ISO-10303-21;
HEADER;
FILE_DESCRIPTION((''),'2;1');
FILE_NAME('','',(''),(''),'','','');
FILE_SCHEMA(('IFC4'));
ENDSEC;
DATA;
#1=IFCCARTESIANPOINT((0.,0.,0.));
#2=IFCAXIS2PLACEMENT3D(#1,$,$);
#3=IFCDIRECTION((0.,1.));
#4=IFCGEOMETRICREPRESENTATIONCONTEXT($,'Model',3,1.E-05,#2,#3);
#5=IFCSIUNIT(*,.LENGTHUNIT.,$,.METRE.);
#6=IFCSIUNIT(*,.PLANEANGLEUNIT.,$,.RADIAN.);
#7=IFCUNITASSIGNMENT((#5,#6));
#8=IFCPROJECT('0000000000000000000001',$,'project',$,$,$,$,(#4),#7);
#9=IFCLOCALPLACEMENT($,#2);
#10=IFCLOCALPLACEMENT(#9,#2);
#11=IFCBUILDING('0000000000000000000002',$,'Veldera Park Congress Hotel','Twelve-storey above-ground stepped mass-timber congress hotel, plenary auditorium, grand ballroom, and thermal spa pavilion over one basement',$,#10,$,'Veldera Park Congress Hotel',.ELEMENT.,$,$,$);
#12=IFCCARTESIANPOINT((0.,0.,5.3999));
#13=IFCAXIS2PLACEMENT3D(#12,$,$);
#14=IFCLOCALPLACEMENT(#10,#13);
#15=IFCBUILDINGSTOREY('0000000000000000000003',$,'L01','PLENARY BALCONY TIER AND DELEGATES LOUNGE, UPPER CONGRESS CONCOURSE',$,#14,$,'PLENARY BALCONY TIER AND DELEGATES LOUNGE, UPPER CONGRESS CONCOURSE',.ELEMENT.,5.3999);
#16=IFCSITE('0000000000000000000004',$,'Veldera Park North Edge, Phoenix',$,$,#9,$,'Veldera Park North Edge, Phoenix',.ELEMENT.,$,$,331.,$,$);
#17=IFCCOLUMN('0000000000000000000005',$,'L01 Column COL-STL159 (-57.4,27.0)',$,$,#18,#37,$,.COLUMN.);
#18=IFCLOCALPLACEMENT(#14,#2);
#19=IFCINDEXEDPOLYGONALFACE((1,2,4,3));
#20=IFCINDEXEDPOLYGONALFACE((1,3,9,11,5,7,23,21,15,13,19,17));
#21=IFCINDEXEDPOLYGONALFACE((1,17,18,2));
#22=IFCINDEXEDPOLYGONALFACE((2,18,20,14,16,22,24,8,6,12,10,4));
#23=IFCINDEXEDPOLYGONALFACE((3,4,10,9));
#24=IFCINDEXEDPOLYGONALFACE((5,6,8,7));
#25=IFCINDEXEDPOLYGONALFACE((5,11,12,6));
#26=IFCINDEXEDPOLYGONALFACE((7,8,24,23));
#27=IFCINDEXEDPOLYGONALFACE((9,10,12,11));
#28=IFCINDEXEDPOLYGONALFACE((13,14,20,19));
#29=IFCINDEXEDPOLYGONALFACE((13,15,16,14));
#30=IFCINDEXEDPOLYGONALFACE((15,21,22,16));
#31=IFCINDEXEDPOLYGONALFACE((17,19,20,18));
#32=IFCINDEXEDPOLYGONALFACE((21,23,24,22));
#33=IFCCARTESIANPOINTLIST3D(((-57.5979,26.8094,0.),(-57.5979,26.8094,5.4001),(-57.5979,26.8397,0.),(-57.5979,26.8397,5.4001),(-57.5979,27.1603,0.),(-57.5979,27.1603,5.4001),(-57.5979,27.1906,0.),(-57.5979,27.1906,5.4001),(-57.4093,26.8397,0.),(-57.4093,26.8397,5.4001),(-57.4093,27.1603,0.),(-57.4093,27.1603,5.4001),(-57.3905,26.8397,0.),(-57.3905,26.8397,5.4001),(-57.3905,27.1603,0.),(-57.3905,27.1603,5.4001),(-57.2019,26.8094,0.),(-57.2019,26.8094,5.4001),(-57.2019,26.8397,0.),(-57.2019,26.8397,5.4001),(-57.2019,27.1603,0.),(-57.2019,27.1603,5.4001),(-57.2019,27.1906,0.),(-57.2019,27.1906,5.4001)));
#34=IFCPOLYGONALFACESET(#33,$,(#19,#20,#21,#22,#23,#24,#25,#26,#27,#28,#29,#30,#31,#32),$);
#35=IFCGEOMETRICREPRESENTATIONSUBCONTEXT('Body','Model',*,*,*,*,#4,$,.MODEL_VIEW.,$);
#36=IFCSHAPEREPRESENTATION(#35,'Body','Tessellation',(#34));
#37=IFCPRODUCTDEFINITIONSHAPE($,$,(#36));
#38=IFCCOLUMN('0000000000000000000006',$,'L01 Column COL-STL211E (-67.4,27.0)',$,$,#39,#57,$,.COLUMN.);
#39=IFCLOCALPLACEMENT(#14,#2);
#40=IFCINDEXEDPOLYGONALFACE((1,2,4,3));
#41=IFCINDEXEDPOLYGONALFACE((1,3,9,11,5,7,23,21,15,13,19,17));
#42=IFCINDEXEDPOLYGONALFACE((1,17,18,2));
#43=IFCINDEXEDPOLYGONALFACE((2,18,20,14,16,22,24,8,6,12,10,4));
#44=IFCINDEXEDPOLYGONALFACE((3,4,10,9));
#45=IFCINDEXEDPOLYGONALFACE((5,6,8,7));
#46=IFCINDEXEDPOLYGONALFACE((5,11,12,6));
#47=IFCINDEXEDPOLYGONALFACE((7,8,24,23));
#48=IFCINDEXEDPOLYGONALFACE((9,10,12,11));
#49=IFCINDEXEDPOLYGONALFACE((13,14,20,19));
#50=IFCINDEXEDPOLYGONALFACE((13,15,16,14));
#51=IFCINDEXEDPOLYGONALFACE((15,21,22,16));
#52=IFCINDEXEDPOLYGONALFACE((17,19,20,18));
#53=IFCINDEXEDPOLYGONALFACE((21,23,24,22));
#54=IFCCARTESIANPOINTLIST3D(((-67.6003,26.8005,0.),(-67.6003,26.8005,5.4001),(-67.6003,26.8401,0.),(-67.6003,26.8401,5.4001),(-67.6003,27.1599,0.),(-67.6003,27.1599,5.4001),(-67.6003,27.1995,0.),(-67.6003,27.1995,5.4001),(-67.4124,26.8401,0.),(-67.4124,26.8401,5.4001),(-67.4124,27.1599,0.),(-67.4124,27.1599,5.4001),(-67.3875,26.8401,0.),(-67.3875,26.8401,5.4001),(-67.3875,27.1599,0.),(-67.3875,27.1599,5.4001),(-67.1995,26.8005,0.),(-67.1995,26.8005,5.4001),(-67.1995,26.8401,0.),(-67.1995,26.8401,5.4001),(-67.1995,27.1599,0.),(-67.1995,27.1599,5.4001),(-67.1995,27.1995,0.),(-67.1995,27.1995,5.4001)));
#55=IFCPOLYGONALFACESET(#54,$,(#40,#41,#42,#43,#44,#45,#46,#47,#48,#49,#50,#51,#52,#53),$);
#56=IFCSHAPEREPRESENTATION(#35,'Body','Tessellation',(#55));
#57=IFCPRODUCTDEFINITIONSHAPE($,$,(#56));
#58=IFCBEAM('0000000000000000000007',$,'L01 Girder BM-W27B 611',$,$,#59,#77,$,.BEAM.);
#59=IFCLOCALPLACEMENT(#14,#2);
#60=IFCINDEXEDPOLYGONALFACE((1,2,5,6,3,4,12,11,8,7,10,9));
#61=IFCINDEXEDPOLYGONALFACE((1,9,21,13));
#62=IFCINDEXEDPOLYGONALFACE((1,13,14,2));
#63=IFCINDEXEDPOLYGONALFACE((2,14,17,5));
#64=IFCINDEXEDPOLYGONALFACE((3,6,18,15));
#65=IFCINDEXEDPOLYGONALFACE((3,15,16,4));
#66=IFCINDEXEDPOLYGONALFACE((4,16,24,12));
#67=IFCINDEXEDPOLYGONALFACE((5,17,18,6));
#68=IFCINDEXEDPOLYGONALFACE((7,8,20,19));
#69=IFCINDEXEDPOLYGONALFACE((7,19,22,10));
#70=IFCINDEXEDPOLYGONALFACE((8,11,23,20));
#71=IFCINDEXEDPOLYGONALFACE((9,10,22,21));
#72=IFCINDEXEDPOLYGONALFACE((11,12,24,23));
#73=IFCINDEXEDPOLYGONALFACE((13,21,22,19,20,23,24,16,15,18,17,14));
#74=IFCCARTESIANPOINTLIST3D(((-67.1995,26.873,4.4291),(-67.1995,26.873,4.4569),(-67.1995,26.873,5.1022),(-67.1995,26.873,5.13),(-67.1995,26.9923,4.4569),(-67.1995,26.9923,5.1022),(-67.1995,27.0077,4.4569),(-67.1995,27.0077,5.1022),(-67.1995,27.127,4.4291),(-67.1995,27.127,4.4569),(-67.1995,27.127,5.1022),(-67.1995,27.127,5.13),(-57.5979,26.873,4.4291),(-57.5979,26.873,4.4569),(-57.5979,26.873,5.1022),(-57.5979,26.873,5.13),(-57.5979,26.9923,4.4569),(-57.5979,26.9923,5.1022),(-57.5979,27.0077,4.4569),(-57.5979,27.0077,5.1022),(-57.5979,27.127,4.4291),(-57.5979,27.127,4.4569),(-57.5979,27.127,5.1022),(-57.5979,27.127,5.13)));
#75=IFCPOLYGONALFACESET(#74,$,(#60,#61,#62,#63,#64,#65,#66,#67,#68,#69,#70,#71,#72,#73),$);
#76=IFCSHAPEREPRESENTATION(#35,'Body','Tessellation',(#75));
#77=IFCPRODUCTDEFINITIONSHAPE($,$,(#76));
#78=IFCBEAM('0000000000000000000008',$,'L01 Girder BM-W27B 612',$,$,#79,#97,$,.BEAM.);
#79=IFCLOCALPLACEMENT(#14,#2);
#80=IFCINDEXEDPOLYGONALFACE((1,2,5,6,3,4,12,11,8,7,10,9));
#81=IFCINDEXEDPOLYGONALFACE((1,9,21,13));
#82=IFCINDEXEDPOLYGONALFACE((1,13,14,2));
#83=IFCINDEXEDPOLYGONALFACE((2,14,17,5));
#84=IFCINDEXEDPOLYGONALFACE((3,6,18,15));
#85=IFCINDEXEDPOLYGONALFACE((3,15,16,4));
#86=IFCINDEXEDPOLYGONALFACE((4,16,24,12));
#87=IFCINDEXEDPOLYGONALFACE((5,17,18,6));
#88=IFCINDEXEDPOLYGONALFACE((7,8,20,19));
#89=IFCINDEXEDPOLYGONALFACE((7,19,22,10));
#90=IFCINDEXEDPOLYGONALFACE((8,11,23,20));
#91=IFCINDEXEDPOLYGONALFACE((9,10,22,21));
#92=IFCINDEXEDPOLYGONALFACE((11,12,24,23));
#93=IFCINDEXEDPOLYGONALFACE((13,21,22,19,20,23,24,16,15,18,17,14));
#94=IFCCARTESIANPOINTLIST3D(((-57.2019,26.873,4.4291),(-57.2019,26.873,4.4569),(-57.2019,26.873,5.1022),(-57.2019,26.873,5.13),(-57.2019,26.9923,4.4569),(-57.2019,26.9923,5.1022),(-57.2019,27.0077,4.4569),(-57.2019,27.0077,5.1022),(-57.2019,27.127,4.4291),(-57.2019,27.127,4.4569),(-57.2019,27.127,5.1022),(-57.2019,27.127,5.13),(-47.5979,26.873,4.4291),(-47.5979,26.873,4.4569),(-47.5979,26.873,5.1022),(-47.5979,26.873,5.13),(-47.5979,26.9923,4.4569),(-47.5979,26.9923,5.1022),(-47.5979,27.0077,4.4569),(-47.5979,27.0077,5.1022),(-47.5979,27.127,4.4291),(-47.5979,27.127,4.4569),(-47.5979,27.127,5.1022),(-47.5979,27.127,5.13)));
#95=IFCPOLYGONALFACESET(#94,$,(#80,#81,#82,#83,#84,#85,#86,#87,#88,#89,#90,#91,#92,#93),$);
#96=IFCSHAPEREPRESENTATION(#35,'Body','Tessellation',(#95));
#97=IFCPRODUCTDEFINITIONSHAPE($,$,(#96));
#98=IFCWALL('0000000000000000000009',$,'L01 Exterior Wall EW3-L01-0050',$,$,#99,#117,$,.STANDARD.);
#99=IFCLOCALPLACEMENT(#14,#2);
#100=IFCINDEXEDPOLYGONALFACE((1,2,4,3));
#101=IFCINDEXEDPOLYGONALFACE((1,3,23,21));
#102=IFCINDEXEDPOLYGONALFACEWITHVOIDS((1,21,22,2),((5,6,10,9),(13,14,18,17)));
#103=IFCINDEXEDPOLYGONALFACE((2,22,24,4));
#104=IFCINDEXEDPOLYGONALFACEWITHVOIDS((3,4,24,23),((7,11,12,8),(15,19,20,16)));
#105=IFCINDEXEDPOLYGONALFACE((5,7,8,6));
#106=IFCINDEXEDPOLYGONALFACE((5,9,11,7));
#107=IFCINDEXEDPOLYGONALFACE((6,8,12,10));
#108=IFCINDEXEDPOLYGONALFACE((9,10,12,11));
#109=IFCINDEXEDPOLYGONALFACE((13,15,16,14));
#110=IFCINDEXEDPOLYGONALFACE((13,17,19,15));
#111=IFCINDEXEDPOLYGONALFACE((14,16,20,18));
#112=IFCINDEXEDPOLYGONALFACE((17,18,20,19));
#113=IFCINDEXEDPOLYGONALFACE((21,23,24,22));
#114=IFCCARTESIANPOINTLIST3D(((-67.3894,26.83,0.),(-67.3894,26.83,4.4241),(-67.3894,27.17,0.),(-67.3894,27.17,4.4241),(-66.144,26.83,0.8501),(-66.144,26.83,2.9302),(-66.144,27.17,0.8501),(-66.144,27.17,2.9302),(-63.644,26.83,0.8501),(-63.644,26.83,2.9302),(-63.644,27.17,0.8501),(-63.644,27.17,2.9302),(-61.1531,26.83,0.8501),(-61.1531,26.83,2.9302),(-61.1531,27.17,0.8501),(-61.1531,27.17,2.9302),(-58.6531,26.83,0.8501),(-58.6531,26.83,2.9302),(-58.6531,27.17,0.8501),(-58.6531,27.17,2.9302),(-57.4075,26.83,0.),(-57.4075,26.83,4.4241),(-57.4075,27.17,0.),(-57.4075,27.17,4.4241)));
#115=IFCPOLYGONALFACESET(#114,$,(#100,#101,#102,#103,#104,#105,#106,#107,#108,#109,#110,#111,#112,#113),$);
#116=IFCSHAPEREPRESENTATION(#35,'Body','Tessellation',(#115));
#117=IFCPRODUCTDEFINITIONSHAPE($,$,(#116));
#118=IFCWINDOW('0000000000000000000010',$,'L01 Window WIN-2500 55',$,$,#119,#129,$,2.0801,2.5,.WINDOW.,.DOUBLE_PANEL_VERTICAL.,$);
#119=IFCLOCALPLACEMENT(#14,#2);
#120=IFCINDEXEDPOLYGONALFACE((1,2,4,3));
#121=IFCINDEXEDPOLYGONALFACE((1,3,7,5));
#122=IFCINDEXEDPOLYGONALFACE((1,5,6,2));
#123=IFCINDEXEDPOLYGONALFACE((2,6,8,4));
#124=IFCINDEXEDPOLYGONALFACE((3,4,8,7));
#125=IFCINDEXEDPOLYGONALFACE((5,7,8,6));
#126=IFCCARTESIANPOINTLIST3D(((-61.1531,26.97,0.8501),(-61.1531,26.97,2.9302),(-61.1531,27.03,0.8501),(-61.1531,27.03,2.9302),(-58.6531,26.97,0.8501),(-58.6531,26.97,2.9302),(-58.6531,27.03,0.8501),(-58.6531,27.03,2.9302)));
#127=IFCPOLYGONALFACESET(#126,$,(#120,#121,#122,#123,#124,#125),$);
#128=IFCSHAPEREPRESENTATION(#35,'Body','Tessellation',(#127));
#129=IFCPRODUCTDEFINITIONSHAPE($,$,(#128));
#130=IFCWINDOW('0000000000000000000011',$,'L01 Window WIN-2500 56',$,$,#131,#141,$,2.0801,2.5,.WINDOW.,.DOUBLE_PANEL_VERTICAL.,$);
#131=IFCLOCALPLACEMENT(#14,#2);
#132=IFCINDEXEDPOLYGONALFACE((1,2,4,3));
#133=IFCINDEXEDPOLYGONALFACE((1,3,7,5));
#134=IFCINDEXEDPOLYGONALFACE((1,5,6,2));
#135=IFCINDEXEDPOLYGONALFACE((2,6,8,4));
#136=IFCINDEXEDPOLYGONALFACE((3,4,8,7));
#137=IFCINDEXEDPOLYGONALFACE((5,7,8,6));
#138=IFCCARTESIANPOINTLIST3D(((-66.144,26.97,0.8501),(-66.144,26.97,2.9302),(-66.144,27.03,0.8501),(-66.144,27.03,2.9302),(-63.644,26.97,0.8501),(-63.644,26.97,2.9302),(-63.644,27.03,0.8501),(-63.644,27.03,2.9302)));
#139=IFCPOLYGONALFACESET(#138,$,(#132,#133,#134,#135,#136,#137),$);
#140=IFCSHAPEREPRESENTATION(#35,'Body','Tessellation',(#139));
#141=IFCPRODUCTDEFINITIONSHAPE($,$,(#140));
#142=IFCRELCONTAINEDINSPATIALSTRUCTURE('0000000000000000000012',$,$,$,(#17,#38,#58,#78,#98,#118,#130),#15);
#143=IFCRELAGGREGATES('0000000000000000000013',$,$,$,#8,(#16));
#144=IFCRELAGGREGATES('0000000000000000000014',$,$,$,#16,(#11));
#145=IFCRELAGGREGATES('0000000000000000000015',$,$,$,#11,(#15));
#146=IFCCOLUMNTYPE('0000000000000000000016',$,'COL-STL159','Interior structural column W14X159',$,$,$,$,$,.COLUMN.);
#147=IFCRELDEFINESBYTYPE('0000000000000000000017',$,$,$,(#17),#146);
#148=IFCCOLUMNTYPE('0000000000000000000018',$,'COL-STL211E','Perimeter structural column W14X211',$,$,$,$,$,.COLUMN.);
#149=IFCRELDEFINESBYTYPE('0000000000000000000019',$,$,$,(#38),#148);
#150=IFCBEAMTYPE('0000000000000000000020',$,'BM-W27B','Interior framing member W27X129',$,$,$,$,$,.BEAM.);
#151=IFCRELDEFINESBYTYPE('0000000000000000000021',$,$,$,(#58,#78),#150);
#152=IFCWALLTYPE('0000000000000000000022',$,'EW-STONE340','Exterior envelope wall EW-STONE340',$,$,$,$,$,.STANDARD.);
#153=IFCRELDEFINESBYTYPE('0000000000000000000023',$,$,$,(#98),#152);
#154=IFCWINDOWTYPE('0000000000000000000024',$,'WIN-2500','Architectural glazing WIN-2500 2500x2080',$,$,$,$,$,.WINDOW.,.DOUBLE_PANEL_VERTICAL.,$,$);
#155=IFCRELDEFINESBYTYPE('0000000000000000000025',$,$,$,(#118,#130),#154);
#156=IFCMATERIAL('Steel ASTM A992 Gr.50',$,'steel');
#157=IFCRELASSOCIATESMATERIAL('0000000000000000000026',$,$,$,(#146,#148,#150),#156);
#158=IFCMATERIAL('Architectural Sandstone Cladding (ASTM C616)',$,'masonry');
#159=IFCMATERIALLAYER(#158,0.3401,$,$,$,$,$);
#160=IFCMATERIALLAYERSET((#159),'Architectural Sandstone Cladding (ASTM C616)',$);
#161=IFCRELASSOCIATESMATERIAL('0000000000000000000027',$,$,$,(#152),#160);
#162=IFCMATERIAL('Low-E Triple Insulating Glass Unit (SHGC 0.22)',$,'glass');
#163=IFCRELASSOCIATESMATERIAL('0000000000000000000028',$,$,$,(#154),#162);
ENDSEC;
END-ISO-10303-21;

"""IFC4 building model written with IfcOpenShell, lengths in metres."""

from ifc_helpers import new_model, si_unit, direction, frame, frame_2d, origin, origin_2d, place, context, subcontext, project, spatial, rectangle, i_section, extrude, material, layer, layer_set, material_profile, profile_set, type_object, element, fill, save


model = new_model("IFC4")

# Units and contexts
model_context = context("Model", 3, precision=1e-05, world=origin(), true_north=direction((0.0, 1.0)))
body_context = subcontext(model_context, "Body", "Model", "MODEL_VIEW")
ifc_project = project(units=[si_unit("LENGTHUNIT", "METRE"), si_unit("PLANEANGLEUNIT", "RADIAN")], contexts=[model_context])

# Site, building, storey
site_placement = place(None, origin())
site = spatial("IfcSite", under=ifc_project, at=site_placement, Name="Veldera Park North Edge, Phoenix", LongName="Veldera Park North Edge, Phoenix", CompositionType="ELEMENT", RefElevation=331.0)
building_placement = place(site_placement, origin())
building = spatial("IfcBuilding", under=site, at=building_placement, Name="Veldera Park Congress Hotel", Description="Twelve-storey above-ground stepped mass-timber congress hotel, plenary auditorium, grand ballroom, and thermal spa pavilion over one basement", LongName="Veldera Park Congress Hotel", CompositionType="ELEMENT")
storey_placement = place(building_placement, frame((0.0, 0.0, 5.3999)))
storey = spatial("IfcBuildingStorey", under=building, at=storey_placement, Name="L01", Description="PLENARY BALCONY TIER AND DELEGATES LOUNGE, UPPER CONGRESS CONCOURSE", LongName="PLENARY BALCONY TIER AND DELEGATES LOUNGE, UPPER CONGRESS CONCOURSE", CompositionType="ELEMENT", Elevation=5.3999)

# Columns
ifc_material_1 = material(Name="Steel ASTM A992 Gr.50", Category="steel")
ifc_material_profile_1 = material_profile(ifc_material_1, i_section(OverallWidth=0.396, OverallDepth=0.3811, WebThickness=0.0188, FlangeThickness=0.0303, at=origin_2d()), Name="W14X159")
ifc_profile_set_1 = profile_set([ifc_material_profile_1], Name="Steel ASTM A992 Gr.50")
column_type_1 = type_object("IfcColumnType", Name="COL-STL159", Description="Interior structural column W14X159", PredefinedType="COLUMN", material=ifc_profile_set_1)
column_1_placement = place(storey_placement, frame((-57.3999, 27.0, 0.0), z_axis=(0.0, 0.0, 1.0), x_axis=(1.0, 0.0, 0.0)))
element("IfcColumn", 1, at=column_1_placement, inside=storey, type_object=column_type_1, Name="L01 Column COL-STL159 (-57.4,27.0)", PredefinedType="COLUMN", context=body_context, shape_type="SweptSolid", body=[
    extrude(i_section(OverallWidth=0.396, OverallDepth=0.3811, WebThickness=0.0188, FlangeThickness=0.0303, at=origin_2d()), origin(), (0.0, 0.0, 1.0), 5.4001),
])
ifc_material_profile_2 = material_profile(ifc_material_1, i_section(OverallWidth=0.4009, OverallDepth=0.3989, WebThickness=0.0249, FlangeThickness=0.0396, at=origin_2d()), Name="W14X211")
ifc_profile_set_2 = profile_set([ifc_material_profile_2], Name="Steel ASTM A992 Gr.50")
column_type_2 = type_object("IfcColumnType", Name="COL-STL211E", Description="Perimeter structural column W14X211", PredefinedType="COLUMN", material=ifc_profile_set_2)
column_2_placement = place(storey_placement, frame((-67.3999, 27.0, 0.0), z_axis=(0.0, 0.0, 1.0), x_axis=(1.0, 0.0, 0.0)))
element("IfcColumn", 2, at=column_2_placement, inside=storey, type_object=column_type_2, Name="L01 Column COL-STL211E (-67.4,27.0)", PredefinedType="COLUMN", context=body_context, shape_type="SweptSolid", body=[
    extrude(i_section(OverallWidth=0.4009, OverallDepth=0.3989, WebThickness=0.0249, FlangeThickness=0.0396, at=origin_2d()), origin(), (0.0, 0.0, 1.0), 5.4001),
])

# Beams
ifc_material_profile_3 = material_profile(ifc_material_1, i_section(OverallWidth=0.2539, OverallDepth=0.7009, WebThickness=0.0154, FlangeThickness=0.0278, at=origin_2d()), Name="W27X129")
ifc_profile_set_3 = profile_set([ifc_material_profile_3], Name="Steel ASTM A992 Gr.50")
beam_type = type_object("IfcBeamType", Name="BM-W27B", Description="Interior framing member W27X129", PredefinedType="BEAM", material=ifc_profile_set_3)
beam_1_placement = place(storey_placement, frame((-67.1995, 27.0, 4.7795), z_axis=(1.0, 0.0, 0.0), x_axis=(0.0, 1.0, 0.0)))
element("IfcBeam", 3, at=beam_1_placement, inside=storey, type_object=beam_type, Name="L01 Girder BM-W27B 611", PredefinedType="BEAM", context=body_context, shape_type="SweptSolid", body=[
    extrude(i_section(OverallWidth=0.2539, OverallDepth=0.7009, WebThickness=0.0154, FlangeThickness=0.0278, at=origin_2d()), origin(), (0.0, 0.0, 1.0), 9.6016),
])
beam_2_placement = place(storey_placement, frame((-57.2019, 27.0, 4.7795), z_axis=(1.0, 0.0, 0.0), x_axis=(0.0, 1.0, 0.0)))
element("IfcBeam", 4, at=beam_2_placement, inside=storey, type_object=beam_type, Name="L01 Girder BM-W27B 612", PredefinedType="BEAM", context=body_context, shape_type="SweptSolid", body=[
    extrude(i_section(OverallWidth=0.2539, OverallDepth=0.7009, WebThickness=0.0154, FlangeThickness=0.0278, at=origin_2d()), origin(), (0.0, 0.0, 1.0), 9.604),
])

# Wall, openings, windows
ifc_material_2 = material(Name="Architectural Sandstone Cladding (ASTM C616)", Category="masonry")
ifc_layer_1 = layer(ifc_material_2, 0.3401)
ifc_layer_set_1 = layer_set([ifc_layer_1], Name="Architectural Sandstone Cladding (ASTM C616)")
wall_type_1 = type_object("IfcWallType", Name="EW-STONE340", Description="Exterior envelope wall EW-STONE340", PredefinedType="STANDARD", material=ifc_layer_set_1)
wall_1_placement = place(storey_placement, frame((-57.4075, 27.0, 0.0), z_axis=(0.0, 0.0, 1.0), x_axis=(-1.0, 0.0, 0.0)))
wall_1 = element("IfcWall", 5, at=wall_1_placement, inside=storey, type_object=wall_type_1, Name="L01 Exterior Wall EW3-L01-0050", PredefinedType="STANDARD", context=body_context, shape_type="SweptSolid", body=[
    extrude(rectangle(XDim=9.9819, YDim=0.3401, at=frame_2d((4.991, 0.0))), origin(), (0.0, 0.0, 1.0), 4.4241),
])
opening_1_placement = place(wall_1_placement, frame((1.2456, 0.0, 0.8501)))
opening_1 = element("IfcOpeningElement", 6, at=opening_1_placement, cuts=wall_1, PredefinedType="OPENING", context=body_context, shape_type="SweptSolid", body=[
    extrude(rectangle(XDim=2.5, YDim=2.0801, at=frame_2d((1.25, 1.04))), frame((0.0, 0.1821, 0.0), z_axis=(0.0, -1.0, 0.0), x_axis=(1.0, 0.0, 0.0)), (0.0, 0.0, 1.0), 0.364),
])
opening_2_placement = place(wall_1_placement, frame((6.2366, 0.0, 0.8501)))
opening_2 = element("IfcOpeningElement", 7, at=opening_2_placement, cuts=wall_1, PredefinedType="OPENING", context=body_context, shape_type="SweptSolid", body=[
    extrude(rectangle(XDim=2.5, YDim=2.0801, at=frame_2d((1.25, 1.04))), frame((0.0, 0.1821, 0.0), z_axis=(0.0, -1.0, 0.0), x_axis=(1.0, 0.0, 0.0)), (0.0, 0.0, 1.0), 0.364),
])
ifc_material_3 = material(Name="Low-E Triple Insulating Glass Unit (SHGC 0.22)", Category="glass")
window_type = type_object("IfcWindowType", Name="WIN-2500", Description="Architectural glazing WIN-2500 2500x2080", PartitioningType="DOUBLE_PANEL_VERTICAL", PredefinedType="WINDOW", material=ifc_material_3)
window_1_placement = place(opening_1_placement, origin())
window_1 = element("IfcWindow", 8, at=window_1_placement, inside=storey, type_object=window_type, Name="L01 Window WIN-2500 55", OverallHeight=2.0801, OverallWidth=2.5, PartitioningType="DOUBLE_PANEL_VERTICAL", PredefinedType="WINDOW", context=body_context, shape_type="SweptSolid", body=[
    extrude(rectangle(XDim=2.5, YDim=2.0801, at=frame_2d((1.25, 1.04))), frame((0.0, 0.03, 0.0), z_axis=(0.0, -1.0, 0.0), x_axis=(1.0, 0.0, 0.0)), (0.0, 0.0, 1.0), 0.0601),
])
fill(opening_1, window_1)
window_2_placement = place(opening_2_placement, origin())
window_2 = element("IfcWindow", 9, at=window_2_placement, inside=storey, type_object=window_type, Name="L01 Window WIN-2500 56", OverallHeight=2.0801, OverallWidth=2.5, PartitioningType="DOUBLE_PANEL_VERTICAL", PredefinedType="WINDOW", context=body_context, shape_type="SweptSolid", body=[
    extrude(rectangle(XDim=2.5, YDim=2.0801, at=frame_2d((1.25, 1.04))), frame((0.0, 0.03, 0.0), z_axis=(0.0, -1.0, 0.0), x_axis=(1.0, 0.0, 0.0)), (0.0, 0.0, 1.0), 0.0601),
])
fill(opening_2, window_2)

save(model, "model.ifc")
